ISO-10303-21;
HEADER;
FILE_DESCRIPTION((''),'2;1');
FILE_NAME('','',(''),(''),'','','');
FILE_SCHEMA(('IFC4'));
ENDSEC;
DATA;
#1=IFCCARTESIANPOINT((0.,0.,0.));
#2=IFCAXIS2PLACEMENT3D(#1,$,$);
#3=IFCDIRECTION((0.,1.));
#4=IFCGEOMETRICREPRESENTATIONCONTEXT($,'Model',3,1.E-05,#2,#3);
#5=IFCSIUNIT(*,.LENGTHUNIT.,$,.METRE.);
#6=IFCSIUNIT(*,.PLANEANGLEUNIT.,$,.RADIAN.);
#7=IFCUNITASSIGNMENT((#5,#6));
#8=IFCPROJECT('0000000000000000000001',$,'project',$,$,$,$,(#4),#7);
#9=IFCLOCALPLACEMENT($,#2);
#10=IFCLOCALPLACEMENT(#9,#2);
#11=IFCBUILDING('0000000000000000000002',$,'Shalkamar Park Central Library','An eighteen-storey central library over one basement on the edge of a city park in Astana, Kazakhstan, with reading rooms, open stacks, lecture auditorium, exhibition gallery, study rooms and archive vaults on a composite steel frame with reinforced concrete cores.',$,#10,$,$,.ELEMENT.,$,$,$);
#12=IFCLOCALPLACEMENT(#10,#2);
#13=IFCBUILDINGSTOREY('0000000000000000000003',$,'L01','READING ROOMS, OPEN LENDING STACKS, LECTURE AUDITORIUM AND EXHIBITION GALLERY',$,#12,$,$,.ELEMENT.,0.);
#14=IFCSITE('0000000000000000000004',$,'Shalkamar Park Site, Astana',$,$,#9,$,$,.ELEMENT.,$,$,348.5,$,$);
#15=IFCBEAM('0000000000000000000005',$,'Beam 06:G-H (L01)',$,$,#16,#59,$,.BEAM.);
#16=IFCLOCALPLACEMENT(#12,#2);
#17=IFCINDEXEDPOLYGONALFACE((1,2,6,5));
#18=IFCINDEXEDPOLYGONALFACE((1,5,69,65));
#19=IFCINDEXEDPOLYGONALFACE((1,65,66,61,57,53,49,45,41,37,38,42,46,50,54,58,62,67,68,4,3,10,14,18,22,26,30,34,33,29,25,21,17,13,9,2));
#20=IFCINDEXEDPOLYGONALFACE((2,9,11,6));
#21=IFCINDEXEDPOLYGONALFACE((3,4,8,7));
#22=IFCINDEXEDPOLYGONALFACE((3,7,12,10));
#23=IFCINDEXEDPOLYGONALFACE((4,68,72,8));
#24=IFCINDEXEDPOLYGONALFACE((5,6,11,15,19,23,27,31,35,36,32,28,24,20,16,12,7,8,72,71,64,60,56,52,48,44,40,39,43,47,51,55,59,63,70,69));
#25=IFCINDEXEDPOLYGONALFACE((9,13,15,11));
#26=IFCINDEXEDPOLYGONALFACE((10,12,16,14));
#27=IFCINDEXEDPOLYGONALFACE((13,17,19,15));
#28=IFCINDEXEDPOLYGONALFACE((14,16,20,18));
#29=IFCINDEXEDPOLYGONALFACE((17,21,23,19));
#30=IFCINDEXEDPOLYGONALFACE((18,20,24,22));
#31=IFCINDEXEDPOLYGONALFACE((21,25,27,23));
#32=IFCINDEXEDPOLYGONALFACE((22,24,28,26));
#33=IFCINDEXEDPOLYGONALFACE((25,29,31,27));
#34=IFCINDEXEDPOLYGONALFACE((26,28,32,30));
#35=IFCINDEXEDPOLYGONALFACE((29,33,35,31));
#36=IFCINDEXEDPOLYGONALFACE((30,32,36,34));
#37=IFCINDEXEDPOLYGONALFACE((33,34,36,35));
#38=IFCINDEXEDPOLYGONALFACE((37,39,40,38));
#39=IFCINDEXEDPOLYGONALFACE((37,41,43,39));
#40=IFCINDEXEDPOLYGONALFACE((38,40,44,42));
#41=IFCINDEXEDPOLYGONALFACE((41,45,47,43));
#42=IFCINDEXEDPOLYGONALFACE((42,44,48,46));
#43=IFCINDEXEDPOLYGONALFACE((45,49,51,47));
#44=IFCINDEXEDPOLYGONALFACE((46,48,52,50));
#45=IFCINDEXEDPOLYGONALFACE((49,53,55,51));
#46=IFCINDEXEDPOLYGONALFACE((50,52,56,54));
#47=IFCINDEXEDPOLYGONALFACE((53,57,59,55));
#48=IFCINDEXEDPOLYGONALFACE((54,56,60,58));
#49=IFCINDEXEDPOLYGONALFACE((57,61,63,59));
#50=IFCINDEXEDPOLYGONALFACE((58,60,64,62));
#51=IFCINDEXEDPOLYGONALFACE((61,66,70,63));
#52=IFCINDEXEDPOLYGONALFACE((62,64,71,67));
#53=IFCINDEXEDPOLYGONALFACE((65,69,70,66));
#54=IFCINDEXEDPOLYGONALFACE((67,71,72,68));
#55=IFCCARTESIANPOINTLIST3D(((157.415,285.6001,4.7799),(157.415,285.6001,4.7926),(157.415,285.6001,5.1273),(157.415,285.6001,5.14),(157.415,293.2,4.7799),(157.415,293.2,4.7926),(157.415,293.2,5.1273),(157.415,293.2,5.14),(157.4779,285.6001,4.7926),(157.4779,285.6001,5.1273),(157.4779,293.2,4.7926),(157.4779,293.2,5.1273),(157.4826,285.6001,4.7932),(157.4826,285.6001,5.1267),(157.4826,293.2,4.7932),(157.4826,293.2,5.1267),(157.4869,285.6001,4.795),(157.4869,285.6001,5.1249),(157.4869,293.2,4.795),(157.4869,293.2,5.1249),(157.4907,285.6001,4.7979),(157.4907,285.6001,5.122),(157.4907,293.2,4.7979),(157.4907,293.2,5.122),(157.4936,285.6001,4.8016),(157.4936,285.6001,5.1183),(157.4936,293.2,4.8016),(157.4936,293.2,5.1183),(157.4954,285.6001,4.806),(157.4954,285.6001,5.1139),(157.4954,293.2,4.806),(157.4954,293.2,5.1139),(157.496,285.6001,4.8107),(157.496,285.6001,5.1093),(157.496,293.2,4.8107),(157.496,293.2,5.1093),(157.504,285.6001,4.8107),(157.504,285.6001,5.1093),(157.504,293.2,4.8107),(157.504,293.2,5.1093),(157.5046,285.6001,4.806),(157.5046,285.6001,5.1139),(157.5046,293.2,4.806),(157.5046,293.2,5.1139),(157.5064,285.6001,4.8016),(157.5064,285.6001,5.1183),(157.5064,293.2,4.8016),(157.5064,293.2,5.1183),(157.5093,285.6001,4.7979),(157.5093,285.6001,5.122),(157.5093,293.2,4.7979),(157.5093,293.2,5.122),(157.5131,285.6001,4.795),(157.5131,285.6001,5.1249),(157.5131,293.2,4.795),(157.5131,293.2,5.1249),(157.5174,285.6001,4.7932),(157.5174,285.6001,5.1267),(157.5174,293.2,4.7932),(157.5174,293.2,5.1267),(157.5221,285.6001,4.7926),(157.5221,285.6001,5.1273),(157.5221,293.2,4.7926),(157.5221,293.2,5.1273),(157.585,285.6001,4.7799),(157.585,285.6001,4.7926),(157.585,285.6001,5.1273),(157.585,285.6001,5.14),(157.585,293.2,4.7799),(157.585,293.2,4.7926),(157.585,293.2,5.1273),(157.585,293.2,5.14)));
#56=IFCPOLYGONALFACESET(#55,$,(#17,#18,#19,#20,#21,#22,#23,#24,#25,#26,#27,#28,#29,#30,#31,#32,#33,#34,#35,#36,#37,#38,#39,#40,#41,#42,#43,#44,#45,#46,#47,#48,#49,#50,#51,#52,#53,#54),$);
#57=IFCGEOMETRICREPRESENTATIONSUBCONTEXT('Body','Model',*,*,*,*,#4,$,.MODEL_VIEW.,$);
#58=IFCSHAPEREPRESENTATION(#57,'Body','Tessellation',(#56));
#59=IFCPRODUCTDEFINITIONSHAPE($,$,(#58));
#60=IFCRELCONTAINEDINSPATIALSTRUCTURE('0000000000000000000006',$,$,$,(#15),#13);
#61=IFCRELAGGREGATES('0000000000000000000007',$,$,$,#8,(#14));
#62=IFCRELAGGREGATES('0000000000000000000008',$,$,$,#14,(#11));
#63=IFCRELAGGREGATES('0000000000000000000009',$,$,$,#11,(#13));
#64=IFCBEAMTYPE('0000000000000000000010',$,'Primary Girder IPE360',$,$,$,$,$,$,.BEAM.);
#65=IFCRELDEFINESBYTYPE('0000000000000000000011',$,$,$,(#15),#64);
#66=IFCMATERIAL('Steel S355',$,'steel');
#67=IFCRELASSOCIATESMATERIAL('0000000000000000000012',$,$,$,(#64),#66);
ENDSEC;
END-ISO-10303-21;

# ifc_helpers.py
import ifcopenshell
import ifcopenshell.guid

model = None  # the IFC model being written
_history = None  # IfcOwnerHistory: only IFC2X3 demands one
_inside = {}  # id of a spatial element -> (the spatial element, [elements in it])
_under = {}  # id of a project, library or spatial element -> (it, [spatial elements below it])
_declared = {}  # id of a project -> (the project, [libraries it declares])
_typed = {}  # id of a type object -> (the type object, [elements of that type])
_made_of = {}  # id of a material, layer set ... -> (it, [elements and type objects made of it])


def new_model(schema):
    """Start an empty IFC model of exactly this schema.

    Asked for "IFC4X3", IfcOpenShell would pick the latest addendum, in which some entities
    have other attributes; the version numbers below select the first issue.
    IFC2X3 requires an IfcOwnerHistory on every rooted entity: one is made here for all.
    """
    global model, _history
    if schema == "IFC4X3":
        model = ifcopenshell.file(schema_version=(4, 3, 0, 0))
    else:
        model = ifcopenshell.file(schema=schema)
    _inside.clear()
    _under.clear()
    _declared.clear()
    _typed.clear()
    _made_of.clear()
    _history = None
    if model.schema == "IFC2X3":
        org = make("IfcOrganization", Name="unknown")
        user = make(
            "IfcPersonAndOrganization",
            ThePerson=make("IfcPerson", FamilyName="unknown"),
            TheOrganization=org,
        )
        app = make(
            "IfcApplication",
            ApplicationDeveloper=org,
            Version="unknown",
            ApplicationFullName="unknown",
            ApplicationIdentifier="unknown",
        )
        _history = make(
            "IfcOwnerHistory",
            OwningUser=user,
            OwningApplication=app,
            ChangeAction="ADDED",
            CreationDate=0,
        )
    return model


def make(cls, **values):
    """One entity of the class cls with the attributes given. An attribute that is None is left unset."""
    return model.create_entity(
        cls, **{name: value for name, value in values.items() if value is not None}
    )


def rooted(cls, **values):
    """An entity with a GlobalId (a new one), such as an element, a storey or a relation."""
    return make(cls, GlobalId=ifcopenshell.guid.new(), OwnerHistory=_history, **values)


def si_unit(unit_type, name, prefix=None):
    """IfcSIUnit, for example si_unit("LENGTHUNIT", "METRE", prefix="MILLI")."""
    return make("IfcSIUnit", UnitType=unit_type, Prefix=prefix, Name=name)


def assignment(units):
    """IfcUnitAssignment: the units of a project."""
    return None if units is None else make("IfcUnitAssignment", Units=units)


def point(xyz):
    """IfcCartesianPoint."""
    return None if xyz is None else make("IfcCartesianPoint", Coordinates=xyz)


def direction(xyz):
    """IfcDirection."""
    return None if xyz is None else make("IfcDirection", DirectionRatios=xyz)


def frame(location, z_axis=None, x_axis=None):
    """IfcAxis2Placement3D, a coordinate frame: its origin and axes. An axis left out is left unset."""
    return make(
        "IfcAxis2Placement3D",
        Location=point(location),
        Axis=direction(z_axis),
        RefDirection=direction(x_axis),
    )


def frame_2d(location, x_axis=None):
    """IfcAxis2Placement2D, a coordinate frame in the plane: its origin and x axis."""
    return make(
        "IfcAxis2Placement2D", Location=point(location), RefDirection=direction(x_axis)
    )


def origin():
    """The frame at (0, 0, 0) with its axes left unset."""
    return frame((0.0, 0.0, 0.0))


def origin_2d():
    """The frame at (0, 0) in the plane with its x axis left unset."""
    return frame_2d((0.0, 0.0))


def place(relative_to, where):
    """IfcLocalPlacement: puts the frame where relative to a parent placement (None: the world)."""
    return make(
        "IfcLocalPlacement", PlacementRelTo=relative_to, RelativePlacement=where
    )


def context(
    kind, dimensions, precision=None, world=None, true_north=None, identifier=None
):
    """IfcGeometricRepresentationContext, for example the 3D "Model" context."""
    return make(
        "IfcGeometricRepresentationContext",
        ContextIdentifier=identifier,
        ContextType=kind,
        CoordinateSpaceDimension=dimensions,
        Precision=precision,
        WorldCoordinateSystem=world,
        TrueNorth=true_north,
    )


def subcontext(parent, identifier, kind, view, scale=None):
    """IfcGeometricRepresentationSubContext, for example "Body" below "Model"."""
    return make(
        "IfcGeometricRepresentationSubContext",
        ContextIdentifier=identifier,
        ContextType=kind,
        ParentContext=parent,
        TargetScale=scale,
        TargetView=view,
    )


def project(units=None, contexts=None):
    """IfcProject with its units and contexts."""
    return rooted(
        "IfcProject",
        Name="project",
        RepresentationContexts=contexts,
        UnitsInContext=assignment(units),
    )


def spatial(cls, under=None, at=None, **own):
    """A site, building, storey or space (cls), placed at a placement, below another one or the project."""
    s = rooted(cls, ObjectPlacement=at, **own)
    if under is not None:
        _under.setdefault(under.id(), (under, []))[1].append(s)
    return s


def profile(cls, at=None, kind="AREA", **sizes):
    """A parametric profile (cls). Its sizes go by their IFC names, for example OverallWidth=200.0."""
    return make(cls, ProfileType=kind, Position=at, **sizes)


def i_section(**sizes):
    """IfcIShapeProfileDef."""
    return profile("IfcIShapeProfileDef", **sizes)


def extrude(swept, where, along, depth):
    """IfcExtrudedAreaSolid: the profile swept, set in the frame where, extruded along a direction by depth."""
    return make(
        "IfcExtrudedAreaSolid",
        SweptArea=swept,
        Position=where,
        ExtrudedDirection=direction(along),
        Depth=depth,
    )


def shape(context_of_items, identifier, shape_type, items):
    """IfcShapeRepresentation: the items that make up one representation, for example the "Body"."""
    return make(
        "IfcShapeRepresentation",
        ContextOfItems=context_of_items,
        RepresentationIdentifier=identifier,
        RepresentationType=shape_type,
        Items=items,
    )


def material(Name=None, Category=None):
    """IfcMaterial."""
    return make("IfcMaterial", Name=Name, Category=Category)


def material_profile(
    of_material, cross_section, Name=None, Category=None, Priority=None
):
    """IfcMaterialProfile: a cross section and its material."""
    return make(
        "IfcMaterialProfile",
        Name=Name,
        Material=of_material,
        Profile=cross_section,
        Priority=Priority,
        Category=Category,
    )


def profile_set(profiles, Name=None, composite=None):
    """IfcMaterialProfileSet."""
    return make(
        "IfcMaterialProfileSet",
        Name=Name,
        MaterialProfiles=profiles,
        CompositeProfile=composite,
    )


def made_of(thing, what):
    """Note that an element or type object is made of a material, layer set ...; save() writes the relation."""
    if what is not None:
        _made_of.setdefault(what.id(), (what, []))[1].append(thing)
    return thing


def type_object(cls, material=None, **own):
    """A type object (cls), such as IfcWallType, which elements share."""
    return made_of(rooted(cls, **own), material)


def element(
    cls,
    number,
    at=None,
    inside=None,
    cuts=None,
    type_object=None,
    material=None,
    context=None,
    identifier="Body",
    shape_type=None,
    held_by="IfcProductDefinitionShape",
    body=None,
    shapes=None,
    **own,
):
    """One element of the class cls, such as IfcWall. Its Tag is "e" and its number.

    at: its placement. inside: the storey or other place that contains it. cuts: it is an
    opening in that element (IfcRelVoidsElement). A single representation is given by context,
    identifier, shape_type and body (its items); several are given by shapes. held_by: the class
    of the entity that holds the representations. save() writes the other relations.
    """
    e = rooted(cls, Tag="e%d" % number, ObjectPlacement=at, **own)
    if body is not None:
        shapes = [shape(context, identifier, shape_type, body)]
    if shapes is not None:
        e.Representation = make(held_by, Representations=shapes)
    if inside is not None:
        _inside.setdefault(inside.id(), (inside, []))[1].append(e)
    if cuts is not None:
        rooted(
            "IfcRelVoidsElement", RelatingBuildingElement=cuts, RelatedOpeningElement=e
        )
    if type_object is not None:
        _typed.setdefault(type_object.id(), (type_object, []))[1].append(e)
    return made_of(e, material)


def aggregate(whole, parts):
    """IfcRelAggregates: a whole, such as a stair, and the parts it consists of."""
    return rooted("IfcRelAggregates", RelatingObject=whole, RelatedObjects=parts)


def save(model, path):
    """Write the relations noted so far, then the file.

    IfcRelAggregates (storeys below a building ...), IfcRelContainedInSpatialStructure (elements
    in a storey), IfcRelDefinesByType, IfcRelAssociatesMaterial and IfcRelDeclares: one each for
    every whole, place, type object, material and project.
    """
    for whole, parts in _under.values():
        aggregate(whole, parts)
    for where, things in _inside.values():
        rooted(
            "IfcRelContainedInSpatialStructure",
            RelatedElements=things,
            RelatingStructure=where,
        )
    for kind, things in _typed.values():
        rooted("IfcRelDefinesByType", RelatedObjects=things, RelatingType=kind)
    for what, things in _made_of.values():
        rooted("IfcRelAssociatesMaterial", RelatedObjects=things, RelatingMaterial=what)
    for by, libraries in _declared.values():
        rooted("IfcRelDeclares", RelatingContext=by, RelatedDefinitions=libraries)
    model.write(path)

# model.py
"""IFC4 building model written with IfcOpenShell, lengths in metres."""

from ifc_helpers import new_model, si_unit, direction, frame, origin, origin_2d, place, context, subcontext, project, spatial, i_section, extrude, material, material_profile, profile_set, type_object, element, save


model = new_model("IFC4")

# Units and contexts
model_context = context("Model", 3, precision=1e-05, world=origin(), true_north=direction((0.0, 1.0)))
body_context = subcontext(model_context, "Body", "Model", "MODEL_VIEW")
ifc_project = project(units=[si_unit("LENGTHUNIT", "METRE"), si_unit("PLANEANGLEUNIT", "RADIAN")], contexts=[model_context])

# Site, building, storey
site_placement = place(None, origin())
site = spatial("IfcSite", under=ifc_project, at=site_placement, Name="Shalkamar Park Site, Astana", CompositionType="ELEMENT", RefElevation=348.5)
building_placement = place(site_placement, origin())
building = spatial("IfcBuilding", under=site, at=building_placement, Name="Shalkamar Park Central Library", Description="An eighteen-storey central library over one basement on the edge of a city park in Astana, Kazakhstan, with reading rooms, open stacks, lecture auditorium, exhibition gallery, study rooms and archive vaults on a composite steel frame with reinforced concrete cores.", CompositionType="ELEMENT")
storey_placement = place(building_placement, origin())
storey = spatial("IfcBuildingStorey", under=building, at=storey_placement, Name="L01", Description="READING ROOMS, OPEN LENDING STACKS, LECTURE AUDITORIUM AND EXHIBITION GALLERY", CompositionType="ELEMENT", Elevation=0.0)

# Shared definitions
ifc_material = material(Name="Steel S355", Category="steel")

# Beam
ifc_material_profile_1 = material_profile(ifc_material, i_section(OverallWidth=0.1699, OverallDepth=0.3601, WebThickness=0.0081, FlangeThickness=0.0127, FilletRadius=0.0181, at=origin_2d()), Name="IPE 360")
ifc_profile_set_1 = profile_set([ifc_material_profile_1], Name="Steel S355")
beam_type = type_object("IfcBeamType", Name="Primary Girder IPE360", PredefinedType="BEAM", material=ifc_profile_set_1)
beam_1_placement = place(storey_placement, frame((157.5, 285.6001, 4.96), z_axis=(0.0, 1.0, 0.0), x_axis=(-1.0, 0.0, 0.0)))
element("IfcBeam", 1, at=beam_1_placement, inside=storey, type_object=beam_type, Name="Beam 06:G-H (L01)", PredefinedType="BEAM", context=body_context, shape_type="SweptSolid", body=[
    extrude(i_section(OverallWidth=0.1699, OverallDepth=0.3601, WebThickness=0.0081, FlangeThickness=0.0127, FilletRadius=0.0181, at=origin_2d()), origin(), (0.0, 0.0, 1.0), 7.5999),
])

save(model, "model.ifc")
